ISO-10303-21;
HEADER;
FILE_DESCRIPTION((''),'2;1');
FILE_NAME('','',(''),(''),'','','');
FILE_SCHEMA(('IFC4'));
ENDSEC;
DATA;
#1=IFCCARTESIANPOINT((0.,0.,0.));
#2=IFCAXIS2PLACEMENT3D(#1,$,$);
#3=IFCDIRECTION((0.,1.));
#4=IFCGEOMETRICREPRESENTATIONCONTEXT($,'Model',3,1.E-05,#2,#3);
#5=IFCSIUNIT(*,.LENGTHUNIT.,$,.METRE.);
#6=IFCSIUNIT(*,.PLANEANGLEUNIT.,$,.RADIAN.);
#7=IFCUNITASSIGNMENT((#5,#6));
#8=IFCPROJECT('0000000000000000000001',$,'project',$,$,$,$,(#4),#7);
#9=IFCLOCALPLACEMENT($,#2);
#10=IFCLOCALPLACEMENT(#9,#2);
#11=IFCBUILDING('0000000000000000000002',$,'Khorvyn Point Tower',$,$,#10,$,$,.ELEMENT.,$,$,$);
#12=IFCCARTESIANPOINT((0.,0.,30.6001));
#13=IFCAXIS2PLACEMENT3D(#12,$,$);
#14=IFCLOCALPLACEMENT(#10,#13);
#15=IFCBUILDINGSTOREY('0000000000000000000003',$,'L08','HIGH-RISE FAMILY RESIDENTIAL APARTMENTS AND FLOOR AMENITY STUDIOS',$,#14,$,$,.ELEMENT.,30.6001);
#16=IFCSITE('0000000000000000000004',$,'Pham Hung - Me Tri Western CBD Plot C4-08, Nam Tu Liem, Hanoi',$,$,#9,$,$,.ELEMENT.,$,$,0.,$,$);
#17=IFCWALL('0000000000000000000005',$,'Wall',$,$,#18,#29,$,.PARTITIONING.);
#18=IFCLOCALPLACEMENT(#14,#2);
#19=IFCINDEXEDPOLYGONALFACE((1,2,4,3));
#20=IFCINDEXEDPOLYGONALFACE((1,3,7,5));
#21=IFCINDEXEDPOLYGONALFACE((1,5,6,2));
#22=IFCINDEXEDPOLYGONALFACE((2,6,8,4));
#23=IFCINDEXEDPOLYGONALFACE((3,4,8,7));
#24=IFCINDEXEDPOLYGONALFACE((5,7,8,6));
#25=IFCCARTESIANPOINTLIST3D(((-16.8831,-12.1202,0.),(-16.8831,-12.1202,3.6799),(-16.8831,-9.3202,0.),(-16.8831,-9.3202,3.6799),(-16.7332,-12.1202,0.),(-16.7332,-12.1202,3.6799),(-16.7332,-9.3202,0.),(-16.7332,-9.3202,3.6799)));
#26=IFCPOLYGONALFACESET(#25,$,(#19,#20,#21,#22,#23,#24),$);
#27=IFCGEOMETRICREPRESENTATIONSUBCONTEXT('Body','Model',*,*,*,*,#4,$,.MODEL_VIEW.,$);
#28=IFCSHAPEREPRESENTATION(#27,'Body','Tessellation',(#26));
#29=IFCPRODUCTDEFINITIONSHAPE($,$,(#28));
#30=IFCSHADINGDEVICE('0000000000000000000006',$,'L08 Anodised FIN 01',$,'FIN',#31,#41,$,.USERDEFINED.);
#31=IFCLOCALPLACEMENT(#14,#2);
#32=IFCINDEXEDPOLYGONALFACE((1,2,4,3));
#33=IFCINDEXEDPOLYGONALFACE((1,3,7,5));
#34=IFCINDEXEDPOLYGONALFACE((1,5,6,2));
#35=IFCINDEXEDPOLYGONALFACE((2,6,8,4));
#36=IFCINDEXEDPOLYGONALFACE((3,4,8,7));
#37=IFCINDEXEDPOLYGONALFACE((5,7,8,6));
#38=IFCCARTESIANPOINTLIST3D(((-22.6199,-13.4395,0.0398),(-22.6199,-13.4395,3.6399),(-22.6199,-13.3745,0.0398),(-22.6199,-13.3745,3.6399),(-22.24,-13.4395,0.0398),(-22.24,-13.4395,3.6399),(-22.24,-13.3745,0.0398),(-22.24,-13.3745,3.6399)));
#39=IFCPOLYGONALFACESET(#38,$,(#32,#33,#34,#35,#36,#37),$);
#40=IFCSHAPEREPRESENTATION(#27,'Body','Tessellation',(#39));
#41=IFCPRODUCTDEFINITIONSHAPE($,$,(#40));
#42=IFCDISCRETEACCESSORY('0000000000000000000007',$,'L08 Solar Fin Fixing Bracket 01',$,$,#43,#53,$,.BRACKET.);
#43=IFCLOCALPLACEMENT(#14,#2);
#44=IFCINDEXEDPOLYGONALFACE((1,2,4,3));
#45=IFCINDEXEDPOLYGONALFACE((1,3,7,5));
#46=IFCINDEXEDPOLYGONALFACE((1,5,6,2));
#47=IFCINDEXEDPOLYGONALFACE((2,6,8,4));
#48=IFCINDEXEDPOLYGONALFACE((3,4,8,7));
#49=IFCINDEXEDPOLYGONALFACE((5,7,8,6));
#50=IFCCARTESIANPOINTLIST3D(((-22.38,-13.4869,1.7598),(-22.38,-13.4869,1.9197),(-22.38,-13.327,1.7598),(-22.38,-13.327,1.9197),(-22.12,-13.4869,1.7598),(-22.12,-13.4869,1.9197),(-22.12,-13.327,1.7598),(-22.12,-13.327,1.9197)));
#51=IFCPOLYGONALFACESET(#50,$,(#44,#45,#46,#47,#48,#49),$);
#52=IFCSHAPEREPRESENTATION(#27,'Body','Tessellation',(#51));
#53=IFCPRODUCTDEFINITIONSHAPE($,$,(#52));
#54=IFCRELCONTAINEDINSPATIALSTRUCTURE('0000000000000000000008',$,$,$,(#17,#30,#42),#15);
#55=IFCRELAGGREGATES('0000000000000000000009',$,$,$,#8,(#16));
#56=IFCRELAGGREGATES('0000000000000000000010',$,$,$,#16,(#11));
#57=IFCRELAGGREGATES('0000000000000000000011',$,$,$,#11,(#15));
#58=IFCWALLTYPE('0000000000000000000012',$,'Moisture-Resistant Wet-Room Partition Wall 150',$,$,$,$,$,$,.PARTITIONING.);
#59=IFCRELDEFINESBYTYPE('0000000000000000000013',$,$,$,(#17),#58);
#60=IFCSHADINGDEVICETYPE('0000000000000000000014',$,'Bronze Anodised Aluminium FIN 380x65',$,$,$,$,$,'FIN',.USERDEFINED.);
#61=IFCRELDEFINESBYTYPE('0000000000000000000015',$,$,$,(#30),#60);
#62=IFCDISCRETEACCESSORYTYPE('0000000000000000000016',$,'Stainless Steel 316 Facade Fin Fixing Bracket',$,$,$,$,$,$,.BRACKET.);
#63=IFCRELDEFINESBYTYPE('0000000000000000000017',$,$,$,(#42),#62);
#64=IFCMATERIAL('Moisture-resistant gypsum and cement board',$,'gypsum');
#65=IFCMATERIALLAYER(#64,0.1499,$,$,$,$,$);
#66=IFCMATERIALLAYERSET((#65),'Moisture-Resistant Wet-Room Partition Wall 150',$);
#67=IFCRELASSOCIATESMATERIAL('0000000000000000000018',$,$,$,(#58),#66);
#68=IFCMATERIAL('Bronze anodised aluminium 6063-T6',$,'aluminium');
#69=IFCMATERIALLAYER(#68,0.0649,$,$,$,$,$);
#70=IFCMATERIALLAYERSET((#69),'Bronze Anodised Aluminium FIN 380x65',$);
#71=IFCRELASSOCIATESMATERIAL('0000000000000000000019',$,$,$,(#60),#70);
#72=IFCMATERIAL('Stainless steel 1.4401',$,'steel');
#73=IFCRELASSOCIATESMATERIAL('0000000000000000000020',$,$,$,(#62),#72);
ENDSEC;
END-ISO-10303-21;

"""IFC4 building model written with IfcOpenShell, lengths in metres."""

from ifc_helpers import new_model, si_unit, direction, frame, frame_2d, origin, origin_2d, place, context, subcontext, project, spatial, rectangle, extrude, material, layer, layer_set, type_object, element, save


model = new_model("IFC4")

# Units and contexts
model_context = context("Model", 3, precision=1e-05, world=origin(), true_north=direction((0.0, 1.0)))
body_context = subcontext(model_context, "Body", "Model", "MODEL_VIEW")
ifc_project = project(units=[si_unit("LENGTHUNIT", "METRE"), si_unit("PLANEANGLEUNIT", "RADIAN")], contexts=[model_context])

# Site, building, storey
site_placement = place(None, origin())
site = spatial("IfcSite", under=ifc_project, at=site_placement, Name="Pham Hung - Me Tri Western CBD Plot C4-08, Nam Tu Liem, Hanoi", CompositionType="ELEMENT", RefElevation=0.0)
building_placement = place(site_placement, origin())
building = spatial("IfcBuilding", under=site, at=building_placement, Name="Khorvyn Point Tower", CompositionType="ELEMENT")
storey_placement = place(building_placement, frame((0.0, 0.0, 30.6001)))
storey = spatial("IfcBuildingStorey", under=building, at=storey_placement, Name="L08", Description="HIGH-RISE FAMILY RESIDENTIAL APARTMENTS AND FLOOR AMENITY STUDIOS", CompositionType="ELEMENT", Elevation=30.6001)

# Shared definitions
ifc_material_1 = material(Name="Moisture-resistant gypsum and cement board", Category="gypsum")
ifc_layer_1 = layer(ifc_material_1, 0.1499)
ifc_layer_set_1 = layer_set([ifc_layer_1], Name="Moisture-Resistant Wet-Room Partition Wall 150")
wall_type_1 = type_object("IfcWallType", Name="Moisture-Resistant Wet-Room Partition Wall 150", PredefinedType="PARTITIONING", material=ifc_layer_set_1)

# Wall
wall_1_placement = place(storey_placement, frame((-16.8081, -12.1201, 0.0), z_axis=(0.0, 0.0, 1.0), x_axis=(0.0, 1.0, 0.0)))
element("IfcWall", 1, at=wall_1_placement, inside=storey, type_object=wall_type_1, Name="Wall", PredefinedType="PARTITIONING", context=body_context, shape_type="SweptSolid", body=[
    extrude(rectangle(XDim=2.8, YDim=0.1499, at=frame_2d((1.3999, 0.0))), origin(), (0.0, 0.0, 1.0), 3.6799),
])

# Shading device
ifc_material_2 = material(Name="Bronze anodised aluminium 6063-T6", Category="aluminium")
ifc_layer_2 = layer(ifc_material_2, 0.0649)
ifc_layer_set_2 = layer_set([ifc_layer_2], Name="Bronze Anodised Aluminium FIN 380x65")
shading_device_type = type_object("IfcShadingDeviceType", Name="Bronze Anodised Aluminium FIN 380x65", ElementType="FIN", PredefinedType="USERDEFINED", material=ifc_layer_set_2)
shading_device_placement = place(storey_placement, frame((-22.4299, -13.407, 0.0398), z_axis=(0.0, 0.0, 1.0), x_axis=(-1.0, 0.0, 0.0)))
element("IfcShadingDevice", 2, at=shading_device_placement, inside=storey, type_object=shading_device_type, Name="L08 Anodised FIN 01", ObjectType="FIN", PredefinedType="USERDEFINED", context=body_context, shape_type="SweptSolid", body=[
    extrude(rectangle(XDim=0.3799, YDim=0.0649, at=origin_2d()), origin(), (0.0, 0.0, 1.0), 3.6001),
])

# Discrete accessory
ifc_material_3 = material(Name="Stainless steel 1.4401", Category="steel")
discrete_accessory_type = type_object("IfcDiscreteAccessoryType", Name="Stainless Steel 316 Facade Fin Fixing Bracket", PredefinedType="BRACKET", material=ifc_material_3)
discrete_accessory_placement = place(storey_placement, frame((-22.25, -13.407, 1.7598), z_axis=(0.0, 0.0, 1.0), x_axis=(0.0, 1.0, 0.0)))
element("IfcDiscreteAccessory", 3, at=discrete_accessory_placement, inside=storey, type_object=discrete_accessory_type, Name="L08 Solar Fin Fixing Bracket 01", PredefinedType="BRACKET", context=body_context, shape_type="SweptSolid", body=[
    extrude(rectangle(XDim=0.1599, YDim=0.26, at=origin_2d()), origin(), (0.0, 0.0, 1.0), 0.1599),
])

save(model, "model.ifc")
